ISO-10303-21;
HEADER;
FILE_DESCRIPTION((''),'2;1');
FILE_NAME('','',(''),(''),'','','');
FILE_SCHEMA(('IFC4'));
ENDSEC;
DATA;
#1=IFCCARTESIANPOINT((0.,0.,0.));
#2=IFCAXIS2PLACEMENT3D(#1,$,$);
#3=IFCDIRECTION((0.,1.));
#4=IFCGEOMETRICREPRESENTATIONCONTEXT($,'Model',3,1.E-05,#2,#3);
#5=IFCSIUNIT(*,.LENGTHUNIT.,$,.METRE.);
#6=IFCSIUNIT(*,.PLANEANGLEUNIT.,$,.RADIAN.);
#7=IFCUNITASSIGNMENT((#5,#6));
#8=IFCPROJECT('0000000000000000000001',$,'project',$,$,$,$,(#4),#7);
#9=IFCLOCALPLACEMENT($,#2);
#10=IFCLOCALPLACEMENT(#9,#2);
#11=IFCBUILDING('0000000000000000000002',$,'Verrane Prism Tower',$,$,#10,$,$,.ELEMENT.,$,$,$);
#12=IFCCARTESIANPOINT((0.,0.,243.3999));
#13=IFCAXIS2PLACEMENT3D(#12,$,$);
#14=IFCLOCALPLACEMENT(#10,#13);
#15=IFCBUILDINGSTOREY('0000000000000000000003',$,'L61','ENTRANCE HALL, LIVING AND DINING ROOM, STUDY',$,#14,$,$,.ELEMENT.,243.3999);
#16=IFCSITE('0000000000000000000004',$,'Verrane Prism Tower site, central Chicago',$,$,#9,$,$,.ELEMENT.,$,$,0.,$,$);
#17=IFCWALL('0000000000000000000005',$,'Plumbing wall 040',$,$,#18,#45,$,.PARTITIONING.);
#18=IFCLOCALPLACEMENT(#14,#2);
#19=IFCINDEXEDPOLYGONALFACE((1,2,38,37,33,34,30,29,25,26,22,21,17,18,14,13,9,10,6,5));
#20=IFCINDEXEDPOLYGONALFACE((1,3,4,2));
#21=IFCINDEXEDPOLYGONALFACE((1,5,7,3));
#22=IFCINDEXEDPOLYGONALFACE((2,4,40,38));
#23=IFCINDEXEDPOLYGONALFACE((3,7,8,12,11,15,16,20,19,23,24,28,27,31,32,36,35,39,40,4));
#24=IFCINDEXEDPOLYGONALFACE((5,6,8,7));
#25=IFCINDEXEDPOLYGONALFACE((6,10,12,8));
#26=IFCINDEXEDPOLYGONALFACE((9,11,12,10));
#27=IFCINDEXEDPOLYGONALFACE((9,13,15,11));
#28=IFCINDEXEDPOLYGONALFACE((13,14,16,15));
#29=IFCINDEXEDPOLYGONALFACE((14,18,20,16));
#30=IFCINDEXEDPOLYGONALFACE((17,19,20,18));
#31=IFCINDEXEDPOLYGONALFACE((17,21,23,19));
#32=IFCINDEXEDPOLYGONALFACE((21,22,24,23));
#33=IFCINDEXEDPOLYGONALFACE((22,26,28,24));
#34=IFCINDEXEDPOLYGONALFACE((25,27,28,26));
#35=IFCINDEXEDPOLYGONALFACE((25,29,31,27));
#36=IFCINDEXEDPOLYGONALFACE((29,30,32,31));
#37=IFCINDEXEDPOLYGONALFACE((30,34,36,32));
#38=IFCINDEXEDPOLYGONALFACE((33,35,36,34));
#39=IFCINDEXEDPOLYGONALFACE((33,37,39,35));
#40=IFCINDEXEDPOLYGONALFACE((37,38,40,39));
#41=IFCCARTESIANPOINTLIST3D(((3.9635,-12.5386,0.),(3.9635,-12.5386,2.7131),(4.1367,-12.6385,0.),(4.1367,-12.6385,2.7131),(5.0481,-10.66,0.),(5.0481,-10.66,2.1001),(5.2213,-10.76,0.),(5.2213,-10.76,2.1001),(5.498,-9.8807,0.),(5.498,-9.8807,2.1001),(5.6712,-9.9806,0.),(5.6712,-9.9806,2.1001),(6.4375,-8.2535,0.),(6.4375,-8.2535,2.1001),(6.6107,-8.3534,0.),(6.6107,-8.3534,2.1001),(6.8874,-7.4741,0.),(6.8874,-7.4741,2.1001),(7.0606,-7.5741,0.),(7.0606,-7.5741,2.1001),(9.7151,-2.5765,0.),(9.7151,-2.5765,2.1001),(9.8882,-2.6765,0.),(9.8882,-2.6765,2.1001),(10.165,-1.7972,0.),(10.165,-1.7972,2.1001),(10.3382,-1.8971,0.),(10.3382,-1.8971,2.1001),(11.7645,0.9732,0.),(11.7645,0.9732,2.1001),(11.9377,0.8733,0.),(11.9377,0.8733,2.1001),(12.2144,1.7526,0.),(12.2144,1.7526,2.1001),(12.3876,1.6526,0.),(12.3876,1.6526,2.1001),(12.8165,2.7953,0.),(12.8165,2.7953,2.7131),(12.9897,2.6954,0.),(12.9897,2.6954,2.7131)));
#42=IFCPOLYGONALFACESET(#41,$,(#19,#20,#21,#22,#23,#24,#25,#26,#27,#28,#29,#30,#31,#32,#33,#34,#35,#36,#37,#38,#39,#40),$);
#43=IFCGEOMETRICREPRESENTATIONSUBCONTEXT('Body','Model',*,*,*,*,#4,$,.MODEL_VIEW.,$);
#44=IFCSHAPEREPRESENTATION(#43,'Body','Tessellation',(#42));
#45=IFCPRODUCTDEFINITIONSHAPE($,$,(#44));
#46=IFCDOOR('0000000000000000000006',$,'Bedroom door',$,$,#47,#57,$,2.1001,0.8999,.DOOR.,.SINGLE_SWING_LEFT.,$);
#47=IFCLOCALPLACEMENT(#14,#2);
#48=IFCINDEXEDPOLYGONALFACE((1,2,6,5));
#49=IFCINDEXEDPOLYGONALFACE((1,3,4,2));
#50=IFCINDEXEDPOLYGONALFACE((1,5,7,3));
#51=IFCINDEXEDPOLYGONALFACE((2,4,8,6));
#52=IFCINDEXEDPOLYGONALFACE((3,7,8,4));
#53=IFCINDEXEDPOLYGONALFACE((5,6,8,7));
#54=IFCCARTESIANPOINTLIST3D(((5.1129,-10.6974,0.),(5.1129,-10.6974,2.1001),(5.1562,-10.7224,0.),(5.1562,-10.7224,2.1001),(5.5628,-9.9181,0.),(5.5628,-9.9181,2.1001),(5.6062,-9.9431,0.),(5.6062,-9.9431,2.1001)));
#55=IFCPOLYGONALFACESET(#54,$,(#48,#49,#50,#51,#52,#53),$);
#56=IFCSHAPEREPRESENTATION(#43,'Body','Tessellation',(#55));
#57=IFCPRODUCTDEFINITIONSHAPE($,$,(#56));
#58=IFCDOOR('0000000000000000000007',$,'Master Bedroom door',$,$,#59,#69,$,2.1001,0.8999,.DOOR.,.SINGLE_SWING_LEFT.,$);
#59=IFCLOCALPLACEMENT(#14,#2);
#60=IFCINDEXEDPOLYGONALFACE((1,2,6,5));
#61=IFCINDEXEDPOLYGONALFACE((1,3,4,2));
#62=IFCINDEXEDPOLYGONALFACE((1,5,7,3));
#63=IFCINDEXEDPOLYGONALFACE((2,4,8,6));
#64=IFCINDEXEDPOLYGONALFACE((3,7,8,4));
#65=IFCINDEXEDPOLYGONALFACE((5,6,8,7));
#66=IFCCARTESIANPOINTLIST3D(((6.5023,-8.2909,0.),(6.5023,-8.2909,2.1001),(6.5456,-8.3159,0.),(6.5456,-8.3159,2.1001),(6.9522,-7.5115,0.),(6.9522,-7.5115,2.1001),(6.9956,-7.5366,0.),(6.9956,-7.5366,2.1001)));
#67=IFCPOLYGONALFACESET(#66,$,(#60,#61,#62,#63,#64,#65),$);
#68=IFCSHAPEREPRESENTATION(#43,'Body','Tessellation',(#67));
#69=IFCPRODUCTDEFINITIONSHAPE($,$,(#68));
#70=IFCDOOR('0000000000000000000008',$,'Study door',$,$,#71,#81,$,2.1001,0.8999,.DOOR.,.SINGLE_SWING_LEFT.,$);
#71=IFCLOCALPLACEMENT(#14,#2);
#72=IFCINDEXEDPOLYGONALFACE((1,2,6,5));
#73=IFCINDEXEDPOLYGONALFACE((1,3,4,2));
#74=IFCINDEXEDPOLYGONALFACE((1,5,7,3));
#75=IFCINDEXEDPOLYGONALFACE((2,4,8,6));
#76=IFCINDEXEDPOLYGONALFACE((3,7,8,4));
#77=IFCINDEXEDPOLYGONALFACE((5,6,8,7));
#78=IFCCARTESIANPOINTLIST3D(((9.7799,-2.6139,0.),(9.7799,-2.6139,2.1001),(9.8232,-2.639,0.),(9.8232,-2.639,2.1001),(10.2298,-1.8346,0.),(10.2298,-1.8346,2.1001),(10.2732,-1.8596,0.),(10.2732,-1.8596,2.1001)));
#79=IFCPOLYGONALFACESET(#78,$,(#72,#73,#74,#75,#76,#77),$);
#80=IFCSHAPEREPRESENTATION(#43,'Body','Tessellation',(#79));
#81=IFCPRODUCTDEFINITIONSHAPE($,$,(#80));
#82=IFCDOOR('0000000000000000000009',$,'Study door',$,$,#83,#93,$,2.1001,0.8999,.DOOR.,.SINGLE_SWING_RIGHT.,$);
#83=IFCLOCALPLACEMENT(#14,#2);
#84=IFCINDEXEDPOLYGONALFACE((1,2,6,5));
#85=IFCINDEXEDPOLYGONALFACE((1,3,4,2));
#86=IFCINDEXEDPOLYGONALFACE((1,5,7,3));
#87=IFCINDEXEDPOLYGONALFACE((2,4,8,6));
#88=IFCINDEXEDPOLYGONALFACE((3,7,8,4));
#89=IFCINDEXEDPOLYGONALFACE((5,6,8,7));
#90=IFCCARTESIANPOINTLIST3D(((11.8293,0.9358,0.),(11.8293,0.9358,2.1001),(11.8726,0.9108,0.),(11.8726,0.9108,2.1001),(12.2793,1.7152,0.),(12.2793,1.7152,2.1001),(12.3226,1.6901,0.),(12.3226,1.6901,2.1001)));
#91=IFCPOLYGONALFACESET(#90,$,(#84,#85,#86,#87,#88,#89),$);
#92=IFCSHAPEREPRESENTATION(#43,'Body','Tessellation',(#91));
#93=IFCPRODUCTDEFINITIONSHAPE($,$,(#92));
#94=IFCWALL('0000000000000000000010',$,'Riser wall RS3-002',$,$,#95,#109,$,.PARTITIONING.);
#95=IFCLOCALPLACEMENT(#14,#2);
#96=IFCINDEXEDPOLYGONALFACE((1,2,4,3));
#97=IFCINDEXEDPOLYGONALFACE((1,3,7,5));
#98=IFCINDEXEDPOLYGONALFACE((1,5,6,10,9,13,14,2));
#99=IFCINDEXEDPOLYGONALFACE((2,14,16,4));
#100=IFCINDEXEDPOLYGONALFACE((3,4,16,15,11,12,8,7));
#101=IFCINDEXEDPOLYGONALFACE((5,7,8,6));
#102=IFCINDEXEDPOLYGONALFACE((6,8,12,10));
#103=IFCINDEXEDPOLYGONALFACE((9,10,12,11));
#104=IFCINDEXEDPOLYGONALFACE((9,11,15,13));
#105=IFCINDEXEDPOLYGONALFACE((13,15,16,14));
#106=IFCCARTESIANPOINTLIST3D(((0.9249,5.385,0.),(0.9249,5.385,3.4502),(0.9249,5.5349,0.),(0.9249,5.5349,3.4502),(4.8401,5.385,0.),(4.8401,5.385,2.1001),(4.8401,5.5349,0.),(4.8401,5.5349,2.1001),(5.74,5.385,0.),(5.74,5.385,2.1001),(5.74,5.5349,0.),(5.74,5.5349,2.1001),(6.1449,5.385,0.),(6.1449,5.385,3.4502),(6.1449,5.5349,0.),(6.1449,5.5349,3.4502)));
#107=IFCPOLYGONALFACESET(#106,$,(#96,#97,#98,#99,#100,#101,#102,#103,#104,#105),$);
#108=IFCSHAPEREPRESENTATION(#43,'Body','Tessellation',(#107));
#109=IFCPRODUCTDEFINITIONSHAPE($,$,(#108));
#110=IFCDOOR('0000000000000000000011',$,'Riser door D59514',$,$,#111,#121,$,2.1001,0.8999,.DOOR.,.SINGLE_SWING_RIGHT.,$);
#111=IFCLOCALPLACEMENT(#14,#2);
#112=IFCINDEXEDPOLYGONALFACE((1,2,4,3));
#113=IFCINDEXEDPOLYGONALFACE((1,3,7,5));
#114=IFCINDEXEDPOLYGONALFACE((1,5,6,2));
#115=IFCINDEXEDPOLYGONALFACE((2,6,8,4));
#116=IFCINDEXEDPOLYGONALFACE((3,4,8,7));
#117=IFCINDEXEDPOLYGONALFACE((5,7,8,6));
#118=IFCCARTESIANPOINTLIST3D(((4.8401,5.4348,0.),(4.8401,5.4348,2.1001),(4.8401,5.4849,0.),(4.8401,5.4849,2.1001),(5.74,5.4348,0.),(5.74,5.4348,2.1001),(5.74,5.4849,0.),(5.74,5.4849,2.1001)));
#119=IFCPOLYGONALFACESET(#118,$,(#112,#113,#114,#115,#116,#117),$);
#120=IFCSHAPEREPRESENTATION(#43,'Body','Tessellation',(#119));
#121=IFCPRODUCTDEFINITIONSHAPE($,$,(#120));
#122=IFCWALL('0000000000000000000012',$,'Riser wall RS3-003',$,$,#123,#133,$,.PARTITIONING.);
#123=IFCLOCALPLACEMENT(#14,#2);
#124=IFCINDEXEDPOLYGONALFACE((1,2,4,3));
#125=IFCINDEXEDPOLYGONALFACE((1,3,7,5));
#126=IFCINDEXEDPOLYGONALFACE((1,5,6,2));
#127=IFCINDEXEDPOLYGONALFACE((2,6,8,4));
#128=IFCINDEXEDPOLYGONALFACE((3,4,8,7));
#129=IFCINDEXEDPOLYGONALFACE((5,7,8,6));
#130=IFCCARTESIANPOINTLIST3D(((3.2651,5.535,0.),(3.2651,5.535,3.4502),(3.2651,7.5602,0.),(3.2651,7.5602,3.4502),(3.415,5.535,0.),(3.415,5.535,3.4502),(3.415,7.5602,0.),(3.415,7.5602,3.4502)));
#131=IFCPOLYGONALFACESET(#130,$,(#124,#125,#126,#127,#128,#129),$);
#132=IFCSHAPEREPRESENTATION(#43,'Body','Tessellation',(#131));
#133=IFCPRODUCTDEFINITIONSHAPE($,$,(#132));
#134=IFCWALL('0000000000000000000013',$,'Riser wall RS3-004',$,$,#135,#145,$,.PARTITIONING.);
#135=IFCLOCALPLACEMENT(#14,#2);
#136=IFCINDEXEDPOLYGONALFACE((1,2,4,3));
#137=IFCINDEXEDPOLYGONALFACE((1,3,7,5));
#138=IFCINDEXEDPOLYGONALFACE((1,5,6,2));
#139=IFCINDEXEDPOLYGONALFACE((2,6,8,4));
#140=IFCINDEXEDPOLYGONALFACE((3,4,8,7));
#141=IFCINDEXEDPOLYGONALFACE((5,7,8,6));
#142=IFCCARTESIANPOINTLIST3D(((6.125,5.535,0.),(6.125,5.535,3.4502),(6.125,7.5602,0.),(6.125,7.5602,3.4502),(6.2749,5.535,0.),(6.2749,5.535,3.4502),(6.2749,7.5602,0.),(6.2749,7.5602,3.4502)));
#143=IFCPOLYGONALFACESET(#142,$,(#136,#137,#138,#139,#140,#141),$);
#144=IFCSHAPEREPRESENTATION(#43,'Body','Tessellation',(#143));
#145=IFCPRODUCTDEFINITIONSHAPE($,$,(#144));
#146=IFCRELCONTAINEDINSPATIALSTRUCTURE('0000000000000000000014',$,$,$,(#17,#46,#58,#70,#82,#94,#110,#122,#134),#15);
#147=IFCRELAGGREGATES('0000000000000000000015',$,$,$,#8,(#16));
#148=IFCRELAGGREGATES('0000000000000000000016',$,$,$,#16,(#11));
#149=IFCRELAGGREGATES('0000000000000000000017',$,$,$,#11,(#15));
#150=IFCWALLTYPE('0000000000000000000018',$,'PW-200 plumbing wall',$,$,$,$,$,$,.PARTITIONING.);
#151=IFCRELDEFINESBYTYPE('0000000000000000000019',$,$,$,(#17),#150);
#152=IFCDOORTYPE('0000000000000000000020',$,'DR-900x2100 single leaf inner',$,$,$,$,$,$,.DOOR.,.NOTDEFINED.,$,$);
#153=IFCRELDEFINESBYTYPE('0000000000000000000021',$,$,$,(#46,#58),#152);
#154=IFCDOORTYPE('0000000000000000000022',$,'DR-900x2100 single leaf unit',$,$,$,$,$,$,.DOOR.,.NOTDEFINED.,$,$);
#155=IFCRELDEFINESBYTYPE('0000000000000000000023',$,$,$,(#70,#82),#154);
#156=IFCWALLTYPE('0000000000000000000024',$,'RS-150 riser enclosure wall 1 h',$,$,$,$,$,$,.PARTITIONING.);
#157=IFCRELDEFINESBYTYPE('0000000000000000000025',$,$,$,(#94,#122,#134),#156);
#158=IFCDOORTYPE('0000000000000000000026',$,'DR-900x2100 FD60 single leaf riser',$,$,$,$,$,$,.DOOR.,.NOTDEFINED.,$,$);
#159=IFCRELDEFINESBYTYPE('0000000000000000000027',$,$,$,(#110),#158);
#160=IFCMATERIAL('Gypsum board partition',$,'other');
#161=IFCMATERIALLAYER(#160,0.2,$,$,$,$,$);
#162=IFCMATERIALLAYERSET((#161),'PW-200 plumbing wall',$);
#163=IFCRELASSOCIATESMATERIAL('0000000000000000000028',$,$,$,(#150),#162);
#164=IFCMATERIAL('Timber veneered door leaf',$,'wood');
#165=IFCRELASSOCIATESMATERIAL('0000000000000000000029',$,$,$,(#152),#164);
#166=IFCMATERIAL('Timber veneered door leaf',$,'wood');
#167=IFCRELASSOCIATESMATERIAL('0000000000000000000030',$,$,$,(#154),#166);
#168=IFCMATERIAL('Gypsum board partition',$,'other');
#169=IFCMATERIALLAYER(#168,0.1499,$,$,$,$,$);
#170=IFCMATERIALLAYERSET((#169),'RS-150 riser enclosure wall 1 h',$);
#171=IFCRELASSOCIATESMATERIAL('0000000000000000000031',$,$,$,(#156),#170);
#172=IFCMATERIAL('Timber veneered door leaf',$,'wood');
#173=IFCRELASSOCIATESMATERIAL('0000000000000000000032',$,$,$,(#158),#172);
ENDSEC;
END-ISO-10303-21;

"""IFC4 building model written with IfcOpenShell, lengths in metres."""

from ifc_helpers import new_model, si_unit, direction, frame, frame_2d, origin, place, context, subcontext, project, spatial, rectangle, extrude, material, layer, layer_set, type_object, element, fill, save


model = new_model("IFC4")

# Units and contexts
model_context = context("Model", 3, precision=1e-05, world=origin(), true_north=direction((0.0, 1.0)))
body_context = subcontext(model_context, "Body", "Model", "MODEL_VIEW")
ifc_project = project(units=[si_unit("LENGTHUNIT", "METRE"), si_unit("PLANEANGLEUNIT", "RADIAN")], contexts=[model_context])

# Site, building, storey
site_placement = place(None, origin())
site = spatial("IfcSite", under=ifc_project, at=site_placement, Name="Verrane Prism Tower site, central Chicago", CompositionType="ELEMENT", RefElevation=0.0)
building_placement = place(site_placement, origin())
building = spatial("IfcBuilding", under=site, at=building_placement, Name="Verrane Prism Tower", CompositionType="ELEMENT")
storey_placement = place(building_placement, frame((0.0, 0.0, 243.3999)))
storey = spatial("IfcBuildingStorey", under=building, at=storey_placement, Name="L61", Description="ENTRANCE HALL, LIVING AND DINING ROOM, STUDY", CompositionType="ELEMENT", Elevation=243.3999)

# Wall, openings, doors
ifc_material_1 = material(Name="Gypsum board partition", Category="other")
ifc_layer_1 = layer(ifc_material_1, 0.2)
ifc_layer_set_1 = layer_set([ifc_layer_1], Name="PW-200 plumbing wall")
wall_type_1 = type_object("IfcWallType", Name="PW-200 plumbing wall", PredefinedType="PARTITIONING", material=ifc_layer_set_1)
wall_1_placement = place(storey_placement, frame((12.9031, 2.7454, 0.0), z_axis=(0.0, 0.0, 1.0), x_axis=(-0.499998, -0.866027, 0.0)))
wall_1 = element("IfcWall", 1, at=wall_1_placement, inside=storey, type_object=wall_type_1, Name="Plumbing wall 040", PredefinedType="PARTITIONING", context=body_context, shape_type="SweptSolid", body=[
    extrude(rectangle(XDim=17.7061, YDim=0.2, at=frame_2d((8.853, 0.0))), origin(), (0.0, 0.0, 1.0), 2.7131),
])
opening_1_placement = place(wall_1_placement, frame((14.637, 0.0, 0.0)))
opening_1 = element("IfcOpeningElement", 2, at=opening_1_placement, cuts=wall_1, PredefinedType="OPENING", context=body_context, shape_type="SweptSolid", body=[
    extrude(rectangle(XDim=0.8999, YDim=2.1001, at=frame_2d((0.45, 1.05))), frame((0.0, 0.1099, 0.0), z_axis=(0.0, -1.0, 0.0), x_axis=(1.0, 0.0, 0.0)), (0.0, 0.0, 1.0), 0.22),
])
opening_2_placement = place(wall_1_placement, frame((11.8582, 0.0, 0.0)))
opening_2 = element("IfcOpeningElement", 3, at=opening_2_placement, cuts=wall_1, PredefinedType="OPENING", context=body_context, shape_type="SweptSolid", body=[
    extrude(rectangle(XDim=0.8999, YDim=2.1001, at=frame_2d((0.45, 1.05))), frame((0.0, 0.1099, 0.0), z_axis=(0.0, -1.0, 0.0), x_axis=(1.0, 0.0, 0.0)), (0.0, 0.0, 1.0), 0.22),
])
opening_3_placement = place(wall_1_placement, frame((5.303, 0.0, 0.0)))
opening_3 = element("IfcOpeningElement", 4, at=opening_3_placement, cuts=wall_1, PredefinedType="OPENING", context=body_context, shape_type="SweptSolid", body=[
    extrude(rectangle(XDim=0.8999, YDim=2.1001, at=frame_2d((0.45, 1.05))), frame((0.0, 0.1099, 0.0), z_axis=(0.0, -1.0, 0.0), x_axis=(1.0, 0.0, 0.0)), (0.0, 0.0, 1.0), 0.22),
])
opening_4_placement = place(wall_1_placement, frame((1.2041, 0.0, 0.0)))
opening_4 = element("IfcOpeningElement", 5, at=opening_4_placement, cuts=wall_1, PredefinedType="OPENING", context=body_context, shape_type="SweptSolid", body=[
    extrude(rectangle(XDim=0.8999, YDim=2.1001, at=frame_2d((0.45, 1.05))), frame((0.0, 0.1099, 0.0), z_axis=(0.0, -1.0, 0.0), x_axis=(1.0, 0.0, 0.0)), (0.0, 0.0, 1.0), 0.22),
])
ifc_material_2 = material(Name="Timber veneered door leaf", Category="wood")
door_type_1 = type_object("IfcDoorType", Name="DR-900x2100 single leaf inner", OperationType="NOTDEFINED", PredefinedType="DOOR", material=ifc_material_2)
door_1_placement = place(opening_1_placement, origin())
door_1 = element("IfcDoor", 6, at=door_1_placement, inside=storey, type_object=door_type_1, Name="Bedroom door", OperationType="SINGLE_SWING_LEFT", OverallHeight=2.1001, OverallWidth=0.8999, PredefinedType="DOOR", context=body_context, shape_type="SweptSolid", body=[
    extrude(rectangle(XDim=0.8999, YDim=2.1001, at=frame_2d((0.45, 1.05))), frame((0.0, 0.0249, 0.0), z_axis=(0.0, -1.0, 0.0), x_axis=(1.0, 0.0, 0.0)), (0.0, 0.0, 1.0), 0.05),
])
fill(opening_1, door_1)
door_2_placement = place(opening_2_placement, origin())
door_2 = element("IfcDoor", 7, at=door_2_placement, inside=storey, type_object=door_type_1, Name="Master Bedroom door", OperationType="SINGLE_SWING_LEFT", OverallHeight=2.1001, OverallWidth=0.8999, PredefinedType="DOOR", context=body_context, shape_type="SweptSolid", body=[
    extrude(rectangle(XDim=0.8999, YDim=2.1001, at=frame_2d((0.45, 1.05))), frame((0.0, 0.0249, 0.0), z_axis=(0.0, -1.0, 0.0), x_axis=(1.0, 0.0, 0.0)), (0.0, 0.0, 1.0), 0.05),
])
fill(opening_2, door_2)
ifc_material_3 = material(Name="Timber veneered door leaf", Category="wood")
door_type_2 = type_object("IfcDoorType", Name="DR-900x2100 single leaf unit", OperationType="NOTDEFINED", PredefinedType="DOOR", material=ifc_material_3)
door_3_placement = place(opening_3_placement, origin())
door_3 = element("IfcDoor", 8, at=door_3_placement, inside=storey, type_object=door_type_2, Name="Study door", OperationType="SINGLE_SWING_LEFT", OverallHeight=2.1001, OverallWidth=0.8999, PredefinedType="DOOR", context=body_context, shape_type="SweptSolid", body=[
    extrude(rectangle(XDim=0.8999, YDim=2.1001, at=frame_2d((0.45, 1.05))), frame((0.0, 0.0249, 0.0), z_axis=(0.0, -1.0, 0.0), x_axis=(1.0, 0.0, 0.0)), (0.0, 0.0, 1.0), 0.05),
])
fill(opening_3, door_3)
door_4_placement = place(opening_4_placement, origin())
door_4 = element("IfcDoor", 9, at=door_4_placement, inside=storey, type_object=door_type_2, Name="Study door", OperationType="SINGLE_SWING_RIGHT", OverallHeight=2.1001, OverallWidth=0.8999, PredefinedType="DOOR", context=body_context, shape_type="SweptSolid", body=[
    extrude(rectangle(XDim=0.8999, YDim=2.1001, at=frame_2d((0.45, 1.05))), frame((0.0, 0.0249, 0.0), z_axis=(0.0, -1.0, 0.0), x_axis=(1.0, 0.0, 0.0)), (0.0, 0.0, 1.0), 0.05),
])
fill(opening_4, door_4)

# Wall, opening, door
ifc_material_4 = material(Name="Gypsum board partition", Category="other")
ifc_layer_2 = layer(ifc_material_4, 0.1499)
ifc_layer_set_2 = layer_set([ifc_layer_2], Name="RS-150 riser enclosure wall 1 h")
wall_type_2 = type_object("IfcWallType", Name="RS-150 riser enclosure wall 1 h", PredefinedType="PARTITIONING", material=ifc_layer_set_2)
wall_2_placement = place(storey_placement, frame((0.925, 5.46, 0.0), z_axis=(0.0, 0.0, 1.0), x_axis=(1.0, 0.0, 0.0)))
wall_2 = element("IfcWall", 10, at=wall_2_placement, inside=storey, type_object=wall_type_2, Name="Riser wall RS3-002", PredefinedType="PARTITIONING", context=body_context, shape_type="SweptSolid", body=[
    extrude(rectangle(XDim=5.22, YDim=0.1499, at=frame_2d((2.6099, 0.0))), origin(), (0.0, 0.0, 1.0), 3.4502),
])
opening_5_placement = place(wall_2_placement, frame((3.915, 0.0, 0.0)))
opening_5 = element("IfcOpeningElement", 11, at=opening_5_placement, cuts=wall_2, PredefinedType="OPENING", context=body_context, shape_type="SweptSolid", body=[
    extrude(rectangle(XDim=0.8999, YDim=2.1001, at=frame_2d((0.45, 1.05))), frame((0.0, 0.085, 0.0), z_axis=(0.0, -1.0, 0.0), x_axis=(1.0, 0.0, 0.0)), (0.0, 0.0, 1.0), 0.1699),
])
ifc_material_5 = material(Name="Timber veneered door leaf", Category="wood")
door_type_3 = type_object("IfcDoorType", Name="DR-900x2100 FD60 single leaf riser", OperationType="NOTDEFINED", PredefinedType="DOOR", material=ifc_material_5)
door_5_placement = place(opening_5_placement, origin())
door_5 = element("IfcDoor", 12, at=door_5_placement, inside=storey, type_object=door_type_3, Name="Riser door D59514", OperationType="SINGLE_SWING_RIGHT", OverallHeight=2.1001, OverallWidth=0.8999, PredefinedType="DOOR", context=body_context, shape_type="SweptSolid", body=[
    extrude(rectangle(XDim=0.8999, YDim=2.1001, at=frame_2d((0.45, 1.05))), frame((0.0, 0.0249, 0.0), z_axis=(0.0, -1.0, 0.0), x_axis=(1.0, 0.0, 0.0)), (0.0, 0.0, 1.0), 0.05),
])
fill(opening_5, door_5)

# Walls
for number, where, z_axis, x_axis, name in (
    (13, (3.3401, 5.5349, 0.0), (0.0, 0.0, 1.0), (0.0, 1.0, 0.0), "Riser wall RS3-003"),
    (14, (6.2, 5.5349, 0.0), (0.0, 0.0, 1.0), (0.0, 1.0, 0.0), "Riser wall RS3-004"),
):
    element("IfcWall", number, at=place(storey_placement, frame(where, z_axis=z_axis, x_axis=x_axis)), inside=storey, type_object=wall_type_2, Name=name, PredefinedType="PARTITIONING", context=body_context, shape_type="SweptSolid", body=[
        extrude(rectangle(XDim=2.0251, YDim=0.1499, at=frame_2d((1.0127, 0.0))), origin(), (0.0, 0.0, 1.0), 3.4502),
    ])

save(model, "model.ifc")
